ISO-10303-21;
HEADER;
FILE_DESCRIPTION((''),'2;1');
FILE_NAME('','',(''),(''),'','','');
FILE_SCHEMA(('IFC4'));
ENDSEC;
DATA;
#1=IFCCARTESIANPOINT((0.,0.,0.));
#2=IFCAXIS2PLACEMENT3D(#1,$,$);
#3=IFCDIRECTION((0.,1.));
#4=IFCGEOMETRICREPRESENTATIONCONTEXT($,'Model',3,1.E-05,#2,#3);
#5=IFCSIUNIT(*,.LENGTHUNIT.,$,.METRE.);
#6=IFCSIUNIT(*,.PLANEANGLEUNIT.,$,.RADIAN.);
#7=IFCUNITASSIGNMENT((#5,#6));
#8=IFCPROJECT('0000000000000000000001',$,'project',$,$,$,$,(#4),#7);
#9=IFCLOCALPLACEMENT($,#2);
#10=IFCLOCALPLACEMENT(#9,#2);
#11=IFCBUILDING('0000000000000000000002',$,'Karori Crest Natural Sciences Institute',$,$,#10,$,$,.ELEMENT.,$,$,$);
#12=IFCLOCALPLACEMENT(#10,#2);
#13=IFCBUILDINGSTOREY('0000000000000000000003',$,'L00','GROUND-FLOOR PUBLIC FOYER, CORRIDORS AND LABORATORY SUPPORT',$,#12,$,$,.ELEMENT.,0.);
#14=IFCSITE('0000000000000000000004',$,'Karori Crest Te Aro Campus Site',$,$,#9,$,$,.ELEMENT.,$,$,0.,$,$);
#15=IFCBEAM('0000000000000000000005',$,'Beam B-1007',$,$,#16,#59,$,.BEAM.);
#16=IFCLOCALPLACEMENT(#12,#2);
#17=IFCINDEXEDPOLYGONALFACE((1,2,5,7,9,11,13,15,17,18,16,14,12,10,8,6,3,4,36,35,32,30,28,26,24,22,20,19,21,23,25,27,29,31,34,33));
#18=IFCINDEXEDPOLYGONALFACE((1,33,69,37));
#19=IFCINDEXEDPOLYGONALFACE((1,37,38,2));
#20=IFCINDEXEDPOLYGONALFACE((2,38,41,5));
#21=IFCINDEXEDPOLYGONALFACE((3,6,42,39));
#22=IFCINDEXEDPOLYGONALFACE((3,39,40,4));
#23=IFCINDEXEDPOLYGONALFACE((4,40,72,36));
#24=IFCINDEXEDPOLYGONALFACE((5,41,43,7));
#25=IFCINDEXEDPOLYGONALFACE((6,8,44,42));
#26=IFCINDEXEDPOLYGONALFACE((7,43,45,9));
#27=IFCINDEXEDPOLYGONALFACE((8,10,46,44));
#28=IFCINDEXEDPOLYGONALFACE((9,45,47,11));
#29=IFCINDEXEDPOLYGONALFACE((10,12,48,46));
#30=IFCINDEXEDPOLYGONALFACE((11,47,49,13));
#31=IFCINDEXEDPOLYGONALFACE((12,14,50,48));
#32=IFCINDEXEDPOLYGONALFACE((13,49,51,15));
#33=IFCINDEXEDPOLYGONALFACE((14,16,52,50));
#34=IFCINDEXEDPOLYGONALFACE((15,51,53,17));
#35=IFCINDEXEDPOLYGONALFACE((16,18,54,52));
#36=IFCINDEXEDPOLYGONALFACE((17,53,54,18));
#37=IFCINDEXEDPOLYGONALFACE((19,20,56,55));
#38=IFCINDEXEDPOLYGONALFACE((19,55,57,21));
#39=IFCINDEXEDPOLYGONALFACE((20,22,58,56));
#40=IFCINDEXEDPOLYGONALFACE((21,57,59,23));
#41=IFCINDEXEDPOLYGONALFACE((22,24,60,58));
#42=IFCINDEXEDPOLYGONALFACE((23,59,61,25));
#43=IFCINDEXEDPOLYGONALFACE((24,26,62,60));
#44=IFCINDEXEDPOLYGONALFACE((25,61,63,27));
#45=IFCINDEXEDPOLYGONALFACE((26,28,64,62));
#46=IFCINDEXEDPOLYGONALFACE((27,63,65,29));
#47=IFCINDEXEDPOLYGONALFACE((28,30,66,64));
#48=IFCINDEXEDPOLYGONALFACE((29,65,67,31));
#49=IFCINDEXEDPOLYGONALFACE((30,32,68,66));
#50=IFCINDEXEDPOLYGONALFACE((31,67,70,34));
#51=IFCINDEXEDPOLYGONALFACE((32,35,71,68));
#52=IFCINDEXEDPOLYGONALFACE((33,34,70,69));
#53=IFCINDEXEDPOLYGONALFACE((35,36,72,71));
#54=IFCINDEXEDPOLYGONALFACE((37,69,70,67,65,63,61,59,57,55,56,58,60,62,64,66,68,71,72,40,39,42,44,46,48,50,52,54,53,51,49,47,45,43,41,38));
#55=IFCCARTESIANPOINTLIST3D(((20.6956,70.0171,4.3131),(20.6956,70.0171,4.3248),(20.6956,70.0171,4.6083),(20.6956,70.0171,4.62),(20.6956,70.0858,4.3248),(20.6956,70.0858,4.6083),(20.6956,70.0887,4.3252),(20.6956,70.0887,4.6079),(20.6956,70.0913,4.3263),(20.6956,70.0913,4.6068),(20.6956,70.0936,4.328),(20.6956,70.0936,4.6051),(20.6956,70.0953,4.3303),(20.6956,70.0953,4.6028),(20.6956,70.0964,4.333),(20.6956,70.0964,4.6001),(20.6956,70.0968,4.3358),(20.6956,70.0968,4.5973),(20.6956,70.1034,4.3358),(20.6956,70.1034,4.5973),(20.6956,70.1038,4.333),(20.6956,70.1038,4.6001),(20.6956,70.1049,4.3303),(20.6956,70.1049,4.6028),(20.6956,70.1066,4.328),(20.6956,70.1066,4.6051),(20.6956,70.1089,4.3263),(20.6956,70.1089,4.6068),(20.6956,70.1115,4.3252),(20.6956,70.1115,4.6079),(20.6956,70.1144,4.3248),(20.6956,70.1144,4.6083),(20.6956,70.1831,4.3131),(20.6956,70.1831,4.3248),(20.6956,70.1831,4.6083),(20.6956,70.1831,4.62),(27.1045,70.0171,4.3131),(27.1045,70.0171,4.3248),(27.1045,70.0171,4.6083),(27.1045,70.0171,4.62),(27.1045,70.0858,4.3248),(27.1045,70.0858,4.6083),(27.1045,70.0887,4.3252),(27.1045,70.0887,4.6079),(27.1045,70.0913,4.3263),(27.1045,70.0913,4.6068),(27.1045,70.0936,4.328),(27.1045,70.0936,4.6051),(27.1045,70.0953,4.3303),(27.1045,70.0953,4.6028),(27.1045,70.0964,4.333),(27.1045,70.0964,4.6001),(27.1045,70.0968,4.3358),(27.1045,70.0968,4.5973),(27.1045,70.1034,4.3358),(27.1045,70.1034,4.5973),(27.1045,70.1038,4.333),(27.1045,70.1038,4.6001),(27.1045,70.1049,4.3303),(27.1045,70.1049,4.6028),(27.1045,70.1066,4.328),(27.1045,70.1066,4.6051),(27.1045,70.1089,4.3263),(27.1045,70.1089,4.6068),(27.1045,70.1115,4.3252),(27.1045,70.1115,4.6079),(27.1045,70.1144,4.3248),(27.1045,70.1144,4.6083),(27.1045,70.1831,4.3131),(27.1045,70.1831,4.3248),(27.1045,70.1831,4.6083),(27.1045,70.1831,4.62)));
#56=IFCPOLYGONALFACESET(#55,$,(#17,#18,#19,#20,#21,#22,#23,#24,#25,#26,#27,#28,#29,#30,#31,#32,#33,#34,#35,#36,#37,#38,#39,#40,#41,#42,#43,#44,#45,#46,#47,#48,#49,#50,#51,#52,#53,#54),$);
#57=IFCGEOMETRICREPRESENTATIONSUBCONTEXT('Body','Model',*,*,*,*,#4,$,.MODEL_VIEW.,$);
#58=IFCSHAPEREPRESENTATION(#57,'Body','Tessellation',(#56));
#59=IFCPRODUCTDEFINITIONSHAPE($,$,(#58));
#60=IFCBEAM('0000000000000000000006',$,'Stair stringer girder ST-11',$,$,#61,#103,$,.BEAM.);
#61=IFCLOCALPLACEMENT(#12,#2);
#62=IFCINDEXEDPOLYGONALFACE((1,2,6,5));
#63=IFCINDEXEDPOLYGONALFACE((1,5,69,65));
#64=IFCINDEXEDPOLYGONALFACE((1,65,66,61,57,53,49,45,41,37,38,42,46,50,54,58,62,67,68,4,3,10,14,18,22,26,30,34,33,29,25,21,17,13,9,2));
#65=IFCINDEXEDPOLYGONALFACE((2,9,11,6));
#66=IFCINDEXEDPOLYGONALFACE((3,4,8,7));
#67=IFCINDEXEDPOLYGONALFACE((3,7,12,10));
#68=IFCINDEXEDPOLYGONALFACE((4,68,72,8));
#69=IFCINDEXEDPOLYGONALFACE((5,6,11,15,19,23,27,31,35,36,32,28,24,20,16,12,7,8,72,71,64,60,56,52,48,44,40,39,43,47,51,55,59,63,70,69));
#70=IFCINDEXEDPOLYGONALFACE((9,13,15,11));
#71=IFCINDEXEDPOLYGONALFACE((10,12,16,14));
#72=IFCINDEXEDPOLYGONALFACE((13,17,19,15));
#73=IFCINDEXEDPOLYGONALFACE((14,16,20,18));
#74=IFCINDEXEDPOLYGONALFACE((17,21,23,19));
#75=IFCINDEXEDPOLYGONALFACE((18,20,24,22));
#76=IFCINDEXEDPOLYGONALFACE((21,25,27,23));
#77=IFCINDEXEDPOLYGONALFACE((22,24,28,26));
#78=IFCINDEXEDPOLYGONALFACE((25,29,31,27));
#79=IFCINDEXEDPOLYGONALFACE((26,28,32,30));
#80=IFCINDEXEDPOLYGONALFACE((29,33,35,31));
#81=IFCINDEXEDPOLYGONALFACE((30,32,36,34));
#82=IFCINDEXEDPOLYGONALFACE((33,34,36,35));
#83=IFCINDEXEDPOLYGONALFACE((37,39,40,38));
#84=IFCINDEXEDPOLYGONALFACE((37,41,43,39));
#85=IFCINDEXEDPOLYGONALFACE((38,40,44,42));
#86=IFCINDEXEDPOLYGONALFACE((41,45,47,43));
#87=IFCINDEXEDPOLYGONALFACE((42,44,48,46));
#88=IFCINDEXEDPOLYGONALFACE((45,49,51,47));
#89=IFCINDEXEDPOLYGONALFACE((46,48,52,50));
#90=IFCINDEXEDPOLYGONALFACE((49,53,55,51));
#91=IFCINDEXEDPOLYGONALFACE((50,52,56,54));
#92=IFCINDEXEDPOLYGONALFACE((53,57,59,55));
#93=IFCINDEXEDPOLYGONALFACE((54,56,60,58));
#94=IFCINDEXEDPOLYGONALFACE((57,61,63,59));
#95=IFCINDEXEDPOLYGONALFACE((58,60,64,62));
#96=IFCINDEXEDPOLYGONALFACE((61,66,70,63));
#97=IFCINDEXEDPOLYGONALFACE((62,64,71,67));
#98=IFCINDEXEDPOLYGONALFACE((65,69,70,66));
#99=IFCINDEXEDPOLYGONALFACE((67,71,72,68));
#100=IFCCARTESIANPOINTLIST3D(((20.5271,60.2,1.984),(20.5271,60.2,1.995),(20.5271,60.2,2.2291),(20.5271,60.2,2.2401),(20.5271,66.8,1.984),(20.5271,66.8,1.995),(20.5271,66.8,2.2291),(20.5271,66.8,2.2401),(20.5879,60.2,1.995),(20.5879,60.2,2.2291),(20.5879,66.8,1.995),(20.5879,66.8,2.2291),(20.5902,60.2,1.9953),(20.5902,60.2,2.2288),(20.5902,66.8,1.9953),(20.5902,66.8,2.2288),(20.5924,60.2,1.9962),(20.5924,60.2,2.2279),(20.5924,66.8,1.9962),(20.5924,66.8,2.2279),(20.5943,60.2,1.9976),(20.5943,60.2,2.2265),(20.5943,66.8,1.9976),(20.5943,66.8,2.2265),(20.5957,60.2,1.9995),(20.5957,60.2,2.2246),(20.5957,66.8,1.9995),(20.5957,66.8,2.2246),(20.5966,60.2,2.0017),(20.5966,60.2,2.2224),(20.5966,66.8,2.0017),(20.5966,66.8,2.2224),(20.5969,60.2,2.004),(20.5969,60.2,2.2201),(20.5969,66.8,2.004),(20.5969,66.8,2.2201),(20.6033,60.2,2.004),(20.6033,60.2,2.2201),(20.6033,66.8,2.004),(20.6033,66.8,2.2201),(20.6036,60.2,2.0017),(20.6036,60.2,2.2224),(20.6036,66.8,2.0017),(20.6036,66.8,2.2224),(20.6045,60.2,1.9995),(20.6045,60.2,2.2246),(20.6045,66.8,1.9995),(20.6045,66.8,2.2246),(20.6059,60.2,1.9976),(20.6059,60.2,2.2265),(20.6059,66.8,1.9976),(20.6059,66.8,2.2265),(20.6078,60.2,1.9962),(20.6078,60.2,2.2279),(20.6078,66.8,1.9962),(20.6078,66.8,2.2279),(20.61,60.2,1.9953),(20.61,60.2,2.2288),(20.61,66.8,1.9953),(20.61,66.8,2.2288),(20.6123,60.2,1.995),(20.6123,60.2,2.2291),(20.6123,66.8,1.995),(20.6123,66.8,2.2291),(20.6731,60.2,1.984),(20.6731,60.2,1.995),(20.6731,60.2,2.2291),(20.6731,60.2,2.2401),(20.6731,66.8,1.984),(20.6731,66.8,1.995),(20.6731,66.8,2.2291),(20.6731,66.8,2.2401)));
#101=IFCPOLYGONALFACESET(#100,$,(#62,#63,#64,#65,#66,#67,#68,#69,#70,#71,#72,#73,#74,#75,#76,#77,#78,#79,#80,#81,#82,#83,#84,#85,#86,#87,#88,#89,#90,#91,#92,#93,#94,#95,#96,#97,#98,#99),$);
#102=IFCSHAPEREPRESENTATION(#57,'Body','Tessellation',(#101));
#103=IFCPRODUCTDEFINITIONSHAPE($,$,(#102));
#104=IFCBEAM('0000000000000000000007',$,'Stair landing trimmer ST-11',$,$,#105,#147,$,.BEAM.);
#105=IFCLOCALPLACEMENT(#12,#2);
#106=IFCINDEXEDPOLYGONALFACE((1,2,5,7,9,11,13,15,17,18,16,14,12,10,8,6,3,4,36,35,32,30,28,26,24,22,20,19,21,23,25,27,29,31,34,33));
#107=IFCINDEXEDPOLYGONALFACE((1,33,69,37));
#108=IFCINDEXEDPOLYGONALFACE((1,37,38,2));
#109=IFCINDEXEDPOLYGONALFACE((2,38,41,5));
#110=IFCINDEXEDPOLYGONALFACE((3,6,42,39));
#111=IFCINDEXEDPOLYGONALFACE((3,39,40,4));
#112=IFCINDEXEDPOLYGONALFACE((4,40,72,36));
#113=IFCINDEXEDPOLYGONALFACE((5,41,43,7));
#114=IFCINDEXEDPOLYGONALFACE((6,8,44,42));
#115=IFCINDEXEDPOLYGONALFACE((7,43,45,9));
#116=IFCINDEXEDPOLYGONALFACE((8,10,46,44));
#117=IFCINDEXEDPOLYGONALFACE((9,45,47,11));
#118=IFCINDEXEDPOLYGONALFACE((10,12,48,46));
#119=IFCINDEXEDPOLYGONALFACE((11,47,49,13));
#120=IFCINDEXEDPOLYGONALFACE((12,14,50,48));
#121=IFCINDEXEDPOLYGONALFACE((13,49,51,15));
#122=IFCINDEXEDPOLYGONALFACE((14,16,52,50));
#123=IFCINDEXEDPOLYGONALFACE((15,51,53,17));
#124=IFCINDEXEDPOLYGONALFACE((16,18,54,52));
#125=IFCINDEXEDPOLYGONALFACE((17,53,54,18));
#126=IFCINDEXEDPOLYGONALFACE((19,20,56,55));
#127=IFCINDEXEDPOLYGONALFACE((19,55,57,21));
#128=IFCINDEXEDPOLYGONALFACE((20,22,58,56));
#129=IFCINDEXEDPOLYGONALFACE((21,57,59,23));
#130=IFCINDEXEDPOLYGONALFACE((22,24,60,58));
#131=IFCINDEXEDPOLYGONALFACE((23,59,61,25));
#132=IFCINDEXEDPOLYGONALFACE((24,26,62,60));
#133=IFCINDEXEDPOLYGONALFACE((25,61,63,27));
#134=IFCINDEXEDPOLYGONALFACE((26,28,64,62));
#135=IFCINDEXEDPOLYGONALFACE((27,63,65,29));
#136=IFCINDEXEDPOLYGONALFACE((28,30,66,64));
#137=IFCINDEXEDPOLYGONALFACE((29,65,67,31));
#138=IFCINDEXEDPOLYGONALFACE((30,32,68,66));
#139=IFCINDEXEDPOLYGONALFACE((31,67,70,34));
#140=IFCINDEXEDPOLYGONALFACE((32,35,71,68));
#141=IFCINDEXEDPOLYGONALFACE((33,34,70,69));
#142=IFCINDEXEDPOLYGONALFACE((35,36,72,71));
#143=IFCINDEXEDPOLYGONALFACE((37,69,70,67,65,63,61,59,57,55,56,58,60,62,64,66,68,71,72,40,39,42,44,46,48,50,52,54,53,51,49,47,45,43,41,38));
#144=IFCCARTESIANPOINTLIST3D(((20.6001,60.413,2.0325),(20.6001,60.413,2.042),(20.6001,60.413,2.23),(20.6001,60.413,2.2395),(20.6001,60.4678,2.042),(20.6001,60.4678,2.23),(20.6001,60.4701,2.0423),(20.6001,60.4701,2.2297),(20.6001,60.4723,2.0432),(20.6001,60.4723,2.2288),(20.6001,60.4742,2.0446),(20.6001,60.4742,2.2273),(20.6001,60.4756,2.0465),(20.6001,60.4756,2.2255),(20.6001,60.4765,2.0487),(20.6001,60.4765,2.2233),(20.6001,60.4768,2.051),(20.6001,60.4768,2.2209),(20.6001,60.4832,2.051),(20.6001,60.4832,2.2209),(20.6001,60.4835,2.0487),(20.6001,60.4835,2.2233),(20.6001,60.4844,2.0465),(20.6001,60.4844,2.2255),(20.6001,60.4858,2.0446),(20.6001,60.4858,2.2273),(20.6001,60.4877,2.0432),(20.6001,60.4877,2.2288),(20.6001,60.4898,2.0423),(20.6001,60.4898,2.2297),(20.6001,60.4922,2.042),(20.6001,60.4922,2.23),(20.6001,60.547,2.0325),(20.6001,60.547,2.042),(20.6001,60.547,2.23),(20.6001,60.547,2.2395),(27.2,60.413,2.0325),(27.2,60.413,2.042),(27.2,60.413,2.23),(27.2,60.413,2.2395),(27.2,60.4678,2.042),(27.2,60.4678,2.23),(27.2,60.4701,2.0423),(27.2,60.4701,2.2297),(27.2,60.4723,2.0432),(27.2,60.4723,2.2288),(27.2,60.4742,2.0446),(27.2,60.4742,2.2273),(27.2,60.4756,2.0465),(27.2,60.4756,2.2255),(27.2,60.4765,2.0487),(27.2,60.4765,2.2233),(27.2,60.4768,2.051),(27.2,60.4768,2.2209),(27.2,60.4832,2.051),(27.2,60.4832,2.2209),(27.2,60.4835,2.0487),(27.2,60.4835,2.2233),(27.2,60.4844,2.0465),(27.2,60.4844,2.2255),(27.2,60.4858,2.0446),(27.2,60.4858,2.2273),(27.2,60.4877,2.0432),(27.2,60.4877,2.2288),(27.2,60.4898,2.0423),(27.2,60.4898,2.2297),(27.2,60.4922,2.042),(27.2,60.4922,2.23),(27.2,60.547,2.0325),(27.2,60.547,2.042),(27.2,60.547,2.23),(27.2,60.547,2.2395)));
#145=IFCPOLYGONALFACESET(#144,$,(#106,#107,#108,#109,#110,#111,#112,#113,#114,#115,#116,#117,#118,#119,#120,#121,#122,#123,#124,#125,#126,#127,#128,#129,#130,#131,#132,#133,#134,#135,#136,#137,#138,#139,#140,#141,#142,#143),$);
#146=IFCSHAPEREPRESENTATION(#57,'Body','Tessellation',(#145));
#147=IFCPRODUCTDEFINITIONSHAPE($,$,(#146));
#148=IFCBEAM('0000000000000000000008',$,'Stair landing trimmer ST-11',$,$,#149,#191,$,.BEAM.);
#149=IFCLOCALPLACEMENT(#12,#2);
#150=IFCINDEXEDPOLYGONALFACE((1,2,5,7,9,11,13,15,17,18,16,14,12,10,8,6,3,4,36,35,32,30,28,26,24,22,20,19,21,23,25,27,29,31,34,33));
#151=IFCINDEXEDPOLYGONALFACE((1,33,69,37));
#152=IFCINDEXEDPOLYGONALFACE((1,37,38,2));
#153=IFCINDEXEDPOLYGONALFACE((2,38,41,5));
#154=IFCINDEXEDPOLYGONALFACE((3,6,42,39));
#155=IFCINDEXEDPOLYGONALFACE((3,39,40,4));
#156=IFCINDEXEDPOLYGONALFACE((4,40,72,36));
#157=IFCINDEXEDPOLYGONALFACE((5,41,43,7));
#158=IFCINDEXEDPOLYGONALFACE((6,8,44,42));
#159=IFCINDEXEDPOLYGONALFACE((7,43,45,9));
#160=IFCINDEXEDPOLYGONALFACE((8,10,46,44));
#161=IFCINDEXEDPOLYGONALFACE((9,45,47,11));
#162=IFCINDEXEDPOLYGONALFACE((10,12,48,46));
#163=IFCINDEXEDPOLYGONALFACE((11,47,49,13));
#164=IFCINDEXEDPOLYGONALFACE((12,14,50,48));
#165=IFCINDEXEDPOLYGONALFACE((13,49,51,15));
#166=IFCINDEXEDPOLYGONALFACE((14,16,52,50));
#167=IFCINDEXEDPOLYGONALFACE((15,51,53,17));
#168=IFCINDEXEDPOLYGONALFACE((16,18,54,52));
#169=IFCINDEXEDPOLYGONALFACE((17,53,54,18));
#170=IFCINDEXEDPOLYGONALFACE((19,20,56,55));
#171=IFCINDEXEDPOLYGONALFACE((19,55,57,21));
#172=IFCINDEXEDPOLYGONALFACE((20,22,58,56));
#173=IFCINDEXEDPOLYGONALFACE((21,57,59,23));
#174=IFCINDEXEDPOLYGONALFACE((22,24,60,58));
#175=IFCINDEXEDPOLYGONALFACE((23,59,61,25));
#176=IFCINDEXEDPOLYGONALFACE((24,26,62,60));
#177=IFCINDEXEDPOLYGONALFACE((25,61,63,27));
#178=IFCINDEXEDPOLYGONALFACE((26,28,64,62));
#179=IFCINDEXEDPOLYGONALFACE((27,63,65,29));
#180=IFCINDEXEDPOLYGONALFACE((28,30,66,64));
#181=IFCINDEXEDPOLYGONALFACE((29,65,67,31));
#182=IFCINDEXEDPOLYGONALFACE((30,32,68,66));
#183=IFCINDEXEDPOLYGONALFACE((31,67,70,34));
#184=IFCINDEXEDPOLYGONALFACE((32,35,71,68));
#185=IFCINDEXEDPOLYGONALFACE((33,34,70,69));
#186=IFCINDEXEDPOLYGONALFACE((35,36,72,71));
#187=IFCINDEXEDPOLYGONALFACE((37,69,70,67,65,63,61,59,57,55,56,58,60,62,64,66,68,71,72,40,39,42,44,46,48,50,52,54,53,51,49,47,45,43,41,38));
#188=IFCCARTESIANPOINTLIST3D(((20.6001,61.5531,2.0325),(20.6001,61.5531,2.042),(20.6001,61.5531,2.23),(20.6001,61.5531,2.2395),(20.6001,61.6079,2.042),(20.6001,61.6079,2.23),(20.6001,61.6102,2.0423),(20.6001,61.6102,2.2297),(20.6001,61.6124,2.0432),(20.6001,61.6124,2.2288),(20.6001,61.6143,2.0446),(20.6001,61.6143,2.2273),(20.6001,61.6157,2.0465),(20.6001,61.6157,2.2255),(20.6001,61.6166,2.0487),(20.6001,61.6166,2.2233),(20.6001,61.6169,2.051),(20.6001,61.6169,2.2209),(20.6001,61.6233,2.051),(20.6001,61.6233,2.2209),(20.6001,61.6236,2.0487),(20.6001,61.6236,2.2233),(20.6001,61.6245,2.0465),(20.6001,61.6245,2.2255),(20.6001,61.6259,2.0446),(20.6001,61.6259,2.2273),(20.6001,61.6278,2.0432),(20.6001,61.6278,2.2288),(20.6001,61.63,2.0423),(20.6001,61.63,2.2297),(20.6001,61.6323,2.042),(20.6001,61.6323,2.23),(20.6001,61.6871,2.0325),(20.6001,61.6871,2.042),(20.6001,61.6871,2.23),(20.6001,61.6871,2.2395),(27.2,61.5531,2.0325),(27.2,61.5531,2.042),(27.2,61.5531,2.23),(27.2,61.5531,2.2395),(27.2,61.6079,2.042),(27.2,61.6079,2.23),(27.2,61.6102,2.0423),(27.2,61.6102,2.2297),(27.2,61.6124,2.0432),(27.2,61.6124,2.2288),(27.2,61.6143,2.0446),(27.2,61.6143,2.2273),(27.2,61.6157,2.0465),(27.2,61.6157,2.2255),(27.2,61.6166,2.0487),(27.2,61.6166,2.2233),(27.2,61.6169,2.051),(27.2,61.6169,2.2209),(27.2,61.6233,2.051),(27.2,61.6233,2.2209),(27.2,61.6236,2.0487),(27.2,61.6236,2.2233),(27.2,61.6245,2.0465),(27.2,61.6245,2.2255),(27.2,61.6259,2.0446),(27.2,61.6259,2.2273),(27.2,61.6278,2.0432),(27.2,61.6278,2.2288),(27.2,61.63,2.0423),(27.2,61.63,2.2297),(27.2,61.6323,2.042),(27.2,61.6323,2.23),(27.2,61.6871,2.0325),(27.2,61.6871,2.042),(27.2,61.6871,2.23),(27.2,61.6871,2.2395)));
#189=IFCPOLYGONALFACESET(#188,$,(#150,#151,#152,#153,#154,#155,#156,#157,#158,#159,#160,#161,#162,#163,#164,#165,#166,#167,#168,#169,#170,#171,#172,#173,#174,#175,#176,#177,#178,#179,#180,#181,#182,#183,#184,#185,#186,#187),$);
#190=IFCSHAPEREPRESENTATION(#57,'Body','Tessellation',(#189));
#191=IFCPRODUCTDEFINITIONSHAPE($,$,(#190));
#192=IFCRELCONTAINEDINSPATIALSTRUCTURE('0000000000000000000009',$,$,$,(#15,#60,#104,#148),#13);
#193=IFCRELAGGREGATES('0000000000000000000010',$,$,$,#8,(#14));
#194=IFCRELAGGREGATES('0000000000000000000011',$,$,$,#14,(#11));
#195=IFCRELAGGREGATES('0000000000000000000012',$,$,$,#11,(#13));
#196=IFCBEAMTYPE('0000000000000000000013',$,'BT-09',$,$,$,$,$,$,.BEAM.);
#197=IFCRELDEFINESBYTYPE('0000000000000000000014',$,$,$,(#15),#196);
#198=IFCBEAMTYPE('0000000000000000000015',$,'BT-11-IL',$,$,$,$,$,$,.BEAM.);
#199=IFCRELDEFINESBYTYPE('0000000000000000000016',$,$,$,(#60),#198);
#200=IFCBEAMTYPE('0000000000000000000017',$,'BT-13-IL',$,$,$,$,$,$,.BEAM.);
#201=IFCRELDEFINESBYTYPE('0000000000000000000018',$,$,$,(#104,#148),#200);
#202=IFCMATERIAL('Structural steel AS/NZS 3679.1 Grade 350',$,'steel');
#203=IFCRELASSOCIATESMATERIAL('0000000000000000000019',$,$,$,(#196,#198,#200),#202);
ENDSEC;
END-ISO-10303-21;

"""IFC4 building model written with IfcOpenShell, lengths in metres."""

from ifc_helpers import new_model, si_unit, direction, frame, origin, origin_2d, place, context, subcontext, project, spatial, i_section, extrude, material, material_profile, profile_set, type_object, element, save


model = new_model("IFC4")

# Units and contexts
model_context = context("Model", 3, precision=1e-05, world=origin(), true_north=direction((0.0, 1.0)))
body_context = subcontext(model_context, "Body", "Model", "MODEL_VIEW")
ifc_project = project(units=[si_unit("LENGTHUNIT", "METRE"), si_unit("PLANEANGLEUNIT", "RADIAN")], contexts=[model_context])

# Site, building, storey
site_placement = place(None, origin())
site = spatial("IfcSite", under=ifc_project, at=site_placement, Name="Karori Crest Te Aro Campus Site", CompositionType="ELEMENT", RefElevation=0.0)
building_placement = place(site_placement, origin())
building = spatial("IfcBuilding", under=site, at=building_placement, Name="Karori Crest Natural Sciences Institute", CompositionType="ELEMENT")
storey_placement = place(building_placement, origin())
storey = spatial("IfcBuildingStorey", under=building, at=storey_placement, Name="L00", Description="GROUND-FLOOR PUBLIC FOYER, CORRIDORS AND LABORATORY SUPPORT", CompositionType="ELEMENT", Elevation=0.0)

# Shared definitions
ifc_material_1 = material(Name="Structural steel AS/NZS 3679.1 Grade 350", Category="steel")

# Beams
ifc_material_profile_1 = material_profile(ifc_material_1, i_section(OverallWidth=0.166, OverallDepth=0.3069, WebThickness=0.0066, FlangeThickness=0.0117, FilletRadius=0.011, at=origin_2d()), Name="310UB46.2")
ifc_profile_set_1 = profile_set([ifc_material_profile_1], Name="Structural steel AS/NZS 3679.1 Grade 350")
beam_type_1 = type_object("IfcBeamType", Name="BT-09", PredefinedType="BEAM", material=ifc_profile_set_1)
beam_1_placement = place(storey_placement, frame((20.6956, 70.1001, 4.4666), z_axis=(1.0, 0.0, 0.0), x_axis=(0.0, 1.0, 0.0)))
element("IfcBeam", 1, at=beam_1_placement, inside=storey, type_object=beam_type_1, Name="Beam B-1007", PredefinedType="BEAM", context=body_context, shape_type="SweptSolid", body=[
    extrude(i_section(OverallWidth=0.166, OverallDepth=0.3069, WebThickness=0.0066, FlangeThickness=0.0117, FilletRadius=0.011, at=origin_2d()), origin(), (0.0, 0.0, 1.0), 6.4089),
])
ifc_material_profile_2 = material_profile(ifc_material_1, i_section(OverallWidth=0.146, OverallDepth=0.2561, WebThickness=0.0063, FlangeThickness=0.011, FilletRadius=0.009, at=origin_2d()), Name="250UB37.3")
ifc_profile_set_2 = profile_set([ifc_material_profile_2], Name="Structural steel AS/NZS 3679.1 Grade 350")
beam_type_2 = type_object("IfcBeamType", Name="BT-11-IL", PredefinedType="BEAM", material=ifc_profile_set_2)
beam_2_placement = place(storey_placement, frame((20.6001, 60.2, 2.1121), z_axis=(0.0, 1.0, 0.0), x_axis=(-1.0, 0.0, 0.0)))
element("IfcBeam", 2, at=beam_2_placement, inside=storey, type_object=beam_type_2, Name="Stair stringer girder ST-11", PredefinedType="BEAM", context=body_context, shape_type="SweptSolid", body=[
    extrude(i_section(OverallWidth=0.146, OverallDepth=0.2561, WebThickness=0.0063, FlangeThickness=0.011, FilletRadius=0.009, at=origin_2d()), origin(), (0.0, 0.0, 1.0), 6.6001),
])
ifc_material_profile_3 = material_profile(ifc_material_1, i_section(OverallWidth=0.134, OverallDepth=0.207, WebThickness=0.0063, FlangeThickness=0.0095, FilletRadius=0.009, at=origin_2d()), Name="200UB29.8")
ifc_profile_set_3 = profile_set([ifc_material_profile_3], Name="Structural steel AS/NZS 3679.1 Grade 350")
beam_type_3 = type_object("IfcBeamType", Name="BT-13-IL", PredefinedType="BEAM", material=ifc_profile_set_3)
for number, where, z_axis, x_axis, name in (
    (3, (20.6001, 60.48, 2.136), (1.0, 0.0, 0.0), (0.0, 1.0, 0.0), "Stair landing trimmer ST-11"),
    (4, (20.6001, 61.6201, 2.136), (1.0, 0.0, 0.0), (0.0, 1.0, 0.0), "Stair landing trimmer ST-11"),
):
    element("IfcBeam", number, at=place(storey_placement, frame(where, z_axis=z_axis, x_axis=x_axis)), inside=storey, type_object=beam_type_3, Name=name, PredefinedType="BEAM", context=body_context, shape_type="SweptSolid", body=[
        extrude(i_section(OverallWidth=0.134, OverallDepth=0.207, WebThickness=0.0063, FlangeThickness=0.0095, FilletRadius=0.009, at=origin_2d()), origin(), (0.0, 0.0, 1.0), 6.5999),
    ])

save(model, "model.ifc")
